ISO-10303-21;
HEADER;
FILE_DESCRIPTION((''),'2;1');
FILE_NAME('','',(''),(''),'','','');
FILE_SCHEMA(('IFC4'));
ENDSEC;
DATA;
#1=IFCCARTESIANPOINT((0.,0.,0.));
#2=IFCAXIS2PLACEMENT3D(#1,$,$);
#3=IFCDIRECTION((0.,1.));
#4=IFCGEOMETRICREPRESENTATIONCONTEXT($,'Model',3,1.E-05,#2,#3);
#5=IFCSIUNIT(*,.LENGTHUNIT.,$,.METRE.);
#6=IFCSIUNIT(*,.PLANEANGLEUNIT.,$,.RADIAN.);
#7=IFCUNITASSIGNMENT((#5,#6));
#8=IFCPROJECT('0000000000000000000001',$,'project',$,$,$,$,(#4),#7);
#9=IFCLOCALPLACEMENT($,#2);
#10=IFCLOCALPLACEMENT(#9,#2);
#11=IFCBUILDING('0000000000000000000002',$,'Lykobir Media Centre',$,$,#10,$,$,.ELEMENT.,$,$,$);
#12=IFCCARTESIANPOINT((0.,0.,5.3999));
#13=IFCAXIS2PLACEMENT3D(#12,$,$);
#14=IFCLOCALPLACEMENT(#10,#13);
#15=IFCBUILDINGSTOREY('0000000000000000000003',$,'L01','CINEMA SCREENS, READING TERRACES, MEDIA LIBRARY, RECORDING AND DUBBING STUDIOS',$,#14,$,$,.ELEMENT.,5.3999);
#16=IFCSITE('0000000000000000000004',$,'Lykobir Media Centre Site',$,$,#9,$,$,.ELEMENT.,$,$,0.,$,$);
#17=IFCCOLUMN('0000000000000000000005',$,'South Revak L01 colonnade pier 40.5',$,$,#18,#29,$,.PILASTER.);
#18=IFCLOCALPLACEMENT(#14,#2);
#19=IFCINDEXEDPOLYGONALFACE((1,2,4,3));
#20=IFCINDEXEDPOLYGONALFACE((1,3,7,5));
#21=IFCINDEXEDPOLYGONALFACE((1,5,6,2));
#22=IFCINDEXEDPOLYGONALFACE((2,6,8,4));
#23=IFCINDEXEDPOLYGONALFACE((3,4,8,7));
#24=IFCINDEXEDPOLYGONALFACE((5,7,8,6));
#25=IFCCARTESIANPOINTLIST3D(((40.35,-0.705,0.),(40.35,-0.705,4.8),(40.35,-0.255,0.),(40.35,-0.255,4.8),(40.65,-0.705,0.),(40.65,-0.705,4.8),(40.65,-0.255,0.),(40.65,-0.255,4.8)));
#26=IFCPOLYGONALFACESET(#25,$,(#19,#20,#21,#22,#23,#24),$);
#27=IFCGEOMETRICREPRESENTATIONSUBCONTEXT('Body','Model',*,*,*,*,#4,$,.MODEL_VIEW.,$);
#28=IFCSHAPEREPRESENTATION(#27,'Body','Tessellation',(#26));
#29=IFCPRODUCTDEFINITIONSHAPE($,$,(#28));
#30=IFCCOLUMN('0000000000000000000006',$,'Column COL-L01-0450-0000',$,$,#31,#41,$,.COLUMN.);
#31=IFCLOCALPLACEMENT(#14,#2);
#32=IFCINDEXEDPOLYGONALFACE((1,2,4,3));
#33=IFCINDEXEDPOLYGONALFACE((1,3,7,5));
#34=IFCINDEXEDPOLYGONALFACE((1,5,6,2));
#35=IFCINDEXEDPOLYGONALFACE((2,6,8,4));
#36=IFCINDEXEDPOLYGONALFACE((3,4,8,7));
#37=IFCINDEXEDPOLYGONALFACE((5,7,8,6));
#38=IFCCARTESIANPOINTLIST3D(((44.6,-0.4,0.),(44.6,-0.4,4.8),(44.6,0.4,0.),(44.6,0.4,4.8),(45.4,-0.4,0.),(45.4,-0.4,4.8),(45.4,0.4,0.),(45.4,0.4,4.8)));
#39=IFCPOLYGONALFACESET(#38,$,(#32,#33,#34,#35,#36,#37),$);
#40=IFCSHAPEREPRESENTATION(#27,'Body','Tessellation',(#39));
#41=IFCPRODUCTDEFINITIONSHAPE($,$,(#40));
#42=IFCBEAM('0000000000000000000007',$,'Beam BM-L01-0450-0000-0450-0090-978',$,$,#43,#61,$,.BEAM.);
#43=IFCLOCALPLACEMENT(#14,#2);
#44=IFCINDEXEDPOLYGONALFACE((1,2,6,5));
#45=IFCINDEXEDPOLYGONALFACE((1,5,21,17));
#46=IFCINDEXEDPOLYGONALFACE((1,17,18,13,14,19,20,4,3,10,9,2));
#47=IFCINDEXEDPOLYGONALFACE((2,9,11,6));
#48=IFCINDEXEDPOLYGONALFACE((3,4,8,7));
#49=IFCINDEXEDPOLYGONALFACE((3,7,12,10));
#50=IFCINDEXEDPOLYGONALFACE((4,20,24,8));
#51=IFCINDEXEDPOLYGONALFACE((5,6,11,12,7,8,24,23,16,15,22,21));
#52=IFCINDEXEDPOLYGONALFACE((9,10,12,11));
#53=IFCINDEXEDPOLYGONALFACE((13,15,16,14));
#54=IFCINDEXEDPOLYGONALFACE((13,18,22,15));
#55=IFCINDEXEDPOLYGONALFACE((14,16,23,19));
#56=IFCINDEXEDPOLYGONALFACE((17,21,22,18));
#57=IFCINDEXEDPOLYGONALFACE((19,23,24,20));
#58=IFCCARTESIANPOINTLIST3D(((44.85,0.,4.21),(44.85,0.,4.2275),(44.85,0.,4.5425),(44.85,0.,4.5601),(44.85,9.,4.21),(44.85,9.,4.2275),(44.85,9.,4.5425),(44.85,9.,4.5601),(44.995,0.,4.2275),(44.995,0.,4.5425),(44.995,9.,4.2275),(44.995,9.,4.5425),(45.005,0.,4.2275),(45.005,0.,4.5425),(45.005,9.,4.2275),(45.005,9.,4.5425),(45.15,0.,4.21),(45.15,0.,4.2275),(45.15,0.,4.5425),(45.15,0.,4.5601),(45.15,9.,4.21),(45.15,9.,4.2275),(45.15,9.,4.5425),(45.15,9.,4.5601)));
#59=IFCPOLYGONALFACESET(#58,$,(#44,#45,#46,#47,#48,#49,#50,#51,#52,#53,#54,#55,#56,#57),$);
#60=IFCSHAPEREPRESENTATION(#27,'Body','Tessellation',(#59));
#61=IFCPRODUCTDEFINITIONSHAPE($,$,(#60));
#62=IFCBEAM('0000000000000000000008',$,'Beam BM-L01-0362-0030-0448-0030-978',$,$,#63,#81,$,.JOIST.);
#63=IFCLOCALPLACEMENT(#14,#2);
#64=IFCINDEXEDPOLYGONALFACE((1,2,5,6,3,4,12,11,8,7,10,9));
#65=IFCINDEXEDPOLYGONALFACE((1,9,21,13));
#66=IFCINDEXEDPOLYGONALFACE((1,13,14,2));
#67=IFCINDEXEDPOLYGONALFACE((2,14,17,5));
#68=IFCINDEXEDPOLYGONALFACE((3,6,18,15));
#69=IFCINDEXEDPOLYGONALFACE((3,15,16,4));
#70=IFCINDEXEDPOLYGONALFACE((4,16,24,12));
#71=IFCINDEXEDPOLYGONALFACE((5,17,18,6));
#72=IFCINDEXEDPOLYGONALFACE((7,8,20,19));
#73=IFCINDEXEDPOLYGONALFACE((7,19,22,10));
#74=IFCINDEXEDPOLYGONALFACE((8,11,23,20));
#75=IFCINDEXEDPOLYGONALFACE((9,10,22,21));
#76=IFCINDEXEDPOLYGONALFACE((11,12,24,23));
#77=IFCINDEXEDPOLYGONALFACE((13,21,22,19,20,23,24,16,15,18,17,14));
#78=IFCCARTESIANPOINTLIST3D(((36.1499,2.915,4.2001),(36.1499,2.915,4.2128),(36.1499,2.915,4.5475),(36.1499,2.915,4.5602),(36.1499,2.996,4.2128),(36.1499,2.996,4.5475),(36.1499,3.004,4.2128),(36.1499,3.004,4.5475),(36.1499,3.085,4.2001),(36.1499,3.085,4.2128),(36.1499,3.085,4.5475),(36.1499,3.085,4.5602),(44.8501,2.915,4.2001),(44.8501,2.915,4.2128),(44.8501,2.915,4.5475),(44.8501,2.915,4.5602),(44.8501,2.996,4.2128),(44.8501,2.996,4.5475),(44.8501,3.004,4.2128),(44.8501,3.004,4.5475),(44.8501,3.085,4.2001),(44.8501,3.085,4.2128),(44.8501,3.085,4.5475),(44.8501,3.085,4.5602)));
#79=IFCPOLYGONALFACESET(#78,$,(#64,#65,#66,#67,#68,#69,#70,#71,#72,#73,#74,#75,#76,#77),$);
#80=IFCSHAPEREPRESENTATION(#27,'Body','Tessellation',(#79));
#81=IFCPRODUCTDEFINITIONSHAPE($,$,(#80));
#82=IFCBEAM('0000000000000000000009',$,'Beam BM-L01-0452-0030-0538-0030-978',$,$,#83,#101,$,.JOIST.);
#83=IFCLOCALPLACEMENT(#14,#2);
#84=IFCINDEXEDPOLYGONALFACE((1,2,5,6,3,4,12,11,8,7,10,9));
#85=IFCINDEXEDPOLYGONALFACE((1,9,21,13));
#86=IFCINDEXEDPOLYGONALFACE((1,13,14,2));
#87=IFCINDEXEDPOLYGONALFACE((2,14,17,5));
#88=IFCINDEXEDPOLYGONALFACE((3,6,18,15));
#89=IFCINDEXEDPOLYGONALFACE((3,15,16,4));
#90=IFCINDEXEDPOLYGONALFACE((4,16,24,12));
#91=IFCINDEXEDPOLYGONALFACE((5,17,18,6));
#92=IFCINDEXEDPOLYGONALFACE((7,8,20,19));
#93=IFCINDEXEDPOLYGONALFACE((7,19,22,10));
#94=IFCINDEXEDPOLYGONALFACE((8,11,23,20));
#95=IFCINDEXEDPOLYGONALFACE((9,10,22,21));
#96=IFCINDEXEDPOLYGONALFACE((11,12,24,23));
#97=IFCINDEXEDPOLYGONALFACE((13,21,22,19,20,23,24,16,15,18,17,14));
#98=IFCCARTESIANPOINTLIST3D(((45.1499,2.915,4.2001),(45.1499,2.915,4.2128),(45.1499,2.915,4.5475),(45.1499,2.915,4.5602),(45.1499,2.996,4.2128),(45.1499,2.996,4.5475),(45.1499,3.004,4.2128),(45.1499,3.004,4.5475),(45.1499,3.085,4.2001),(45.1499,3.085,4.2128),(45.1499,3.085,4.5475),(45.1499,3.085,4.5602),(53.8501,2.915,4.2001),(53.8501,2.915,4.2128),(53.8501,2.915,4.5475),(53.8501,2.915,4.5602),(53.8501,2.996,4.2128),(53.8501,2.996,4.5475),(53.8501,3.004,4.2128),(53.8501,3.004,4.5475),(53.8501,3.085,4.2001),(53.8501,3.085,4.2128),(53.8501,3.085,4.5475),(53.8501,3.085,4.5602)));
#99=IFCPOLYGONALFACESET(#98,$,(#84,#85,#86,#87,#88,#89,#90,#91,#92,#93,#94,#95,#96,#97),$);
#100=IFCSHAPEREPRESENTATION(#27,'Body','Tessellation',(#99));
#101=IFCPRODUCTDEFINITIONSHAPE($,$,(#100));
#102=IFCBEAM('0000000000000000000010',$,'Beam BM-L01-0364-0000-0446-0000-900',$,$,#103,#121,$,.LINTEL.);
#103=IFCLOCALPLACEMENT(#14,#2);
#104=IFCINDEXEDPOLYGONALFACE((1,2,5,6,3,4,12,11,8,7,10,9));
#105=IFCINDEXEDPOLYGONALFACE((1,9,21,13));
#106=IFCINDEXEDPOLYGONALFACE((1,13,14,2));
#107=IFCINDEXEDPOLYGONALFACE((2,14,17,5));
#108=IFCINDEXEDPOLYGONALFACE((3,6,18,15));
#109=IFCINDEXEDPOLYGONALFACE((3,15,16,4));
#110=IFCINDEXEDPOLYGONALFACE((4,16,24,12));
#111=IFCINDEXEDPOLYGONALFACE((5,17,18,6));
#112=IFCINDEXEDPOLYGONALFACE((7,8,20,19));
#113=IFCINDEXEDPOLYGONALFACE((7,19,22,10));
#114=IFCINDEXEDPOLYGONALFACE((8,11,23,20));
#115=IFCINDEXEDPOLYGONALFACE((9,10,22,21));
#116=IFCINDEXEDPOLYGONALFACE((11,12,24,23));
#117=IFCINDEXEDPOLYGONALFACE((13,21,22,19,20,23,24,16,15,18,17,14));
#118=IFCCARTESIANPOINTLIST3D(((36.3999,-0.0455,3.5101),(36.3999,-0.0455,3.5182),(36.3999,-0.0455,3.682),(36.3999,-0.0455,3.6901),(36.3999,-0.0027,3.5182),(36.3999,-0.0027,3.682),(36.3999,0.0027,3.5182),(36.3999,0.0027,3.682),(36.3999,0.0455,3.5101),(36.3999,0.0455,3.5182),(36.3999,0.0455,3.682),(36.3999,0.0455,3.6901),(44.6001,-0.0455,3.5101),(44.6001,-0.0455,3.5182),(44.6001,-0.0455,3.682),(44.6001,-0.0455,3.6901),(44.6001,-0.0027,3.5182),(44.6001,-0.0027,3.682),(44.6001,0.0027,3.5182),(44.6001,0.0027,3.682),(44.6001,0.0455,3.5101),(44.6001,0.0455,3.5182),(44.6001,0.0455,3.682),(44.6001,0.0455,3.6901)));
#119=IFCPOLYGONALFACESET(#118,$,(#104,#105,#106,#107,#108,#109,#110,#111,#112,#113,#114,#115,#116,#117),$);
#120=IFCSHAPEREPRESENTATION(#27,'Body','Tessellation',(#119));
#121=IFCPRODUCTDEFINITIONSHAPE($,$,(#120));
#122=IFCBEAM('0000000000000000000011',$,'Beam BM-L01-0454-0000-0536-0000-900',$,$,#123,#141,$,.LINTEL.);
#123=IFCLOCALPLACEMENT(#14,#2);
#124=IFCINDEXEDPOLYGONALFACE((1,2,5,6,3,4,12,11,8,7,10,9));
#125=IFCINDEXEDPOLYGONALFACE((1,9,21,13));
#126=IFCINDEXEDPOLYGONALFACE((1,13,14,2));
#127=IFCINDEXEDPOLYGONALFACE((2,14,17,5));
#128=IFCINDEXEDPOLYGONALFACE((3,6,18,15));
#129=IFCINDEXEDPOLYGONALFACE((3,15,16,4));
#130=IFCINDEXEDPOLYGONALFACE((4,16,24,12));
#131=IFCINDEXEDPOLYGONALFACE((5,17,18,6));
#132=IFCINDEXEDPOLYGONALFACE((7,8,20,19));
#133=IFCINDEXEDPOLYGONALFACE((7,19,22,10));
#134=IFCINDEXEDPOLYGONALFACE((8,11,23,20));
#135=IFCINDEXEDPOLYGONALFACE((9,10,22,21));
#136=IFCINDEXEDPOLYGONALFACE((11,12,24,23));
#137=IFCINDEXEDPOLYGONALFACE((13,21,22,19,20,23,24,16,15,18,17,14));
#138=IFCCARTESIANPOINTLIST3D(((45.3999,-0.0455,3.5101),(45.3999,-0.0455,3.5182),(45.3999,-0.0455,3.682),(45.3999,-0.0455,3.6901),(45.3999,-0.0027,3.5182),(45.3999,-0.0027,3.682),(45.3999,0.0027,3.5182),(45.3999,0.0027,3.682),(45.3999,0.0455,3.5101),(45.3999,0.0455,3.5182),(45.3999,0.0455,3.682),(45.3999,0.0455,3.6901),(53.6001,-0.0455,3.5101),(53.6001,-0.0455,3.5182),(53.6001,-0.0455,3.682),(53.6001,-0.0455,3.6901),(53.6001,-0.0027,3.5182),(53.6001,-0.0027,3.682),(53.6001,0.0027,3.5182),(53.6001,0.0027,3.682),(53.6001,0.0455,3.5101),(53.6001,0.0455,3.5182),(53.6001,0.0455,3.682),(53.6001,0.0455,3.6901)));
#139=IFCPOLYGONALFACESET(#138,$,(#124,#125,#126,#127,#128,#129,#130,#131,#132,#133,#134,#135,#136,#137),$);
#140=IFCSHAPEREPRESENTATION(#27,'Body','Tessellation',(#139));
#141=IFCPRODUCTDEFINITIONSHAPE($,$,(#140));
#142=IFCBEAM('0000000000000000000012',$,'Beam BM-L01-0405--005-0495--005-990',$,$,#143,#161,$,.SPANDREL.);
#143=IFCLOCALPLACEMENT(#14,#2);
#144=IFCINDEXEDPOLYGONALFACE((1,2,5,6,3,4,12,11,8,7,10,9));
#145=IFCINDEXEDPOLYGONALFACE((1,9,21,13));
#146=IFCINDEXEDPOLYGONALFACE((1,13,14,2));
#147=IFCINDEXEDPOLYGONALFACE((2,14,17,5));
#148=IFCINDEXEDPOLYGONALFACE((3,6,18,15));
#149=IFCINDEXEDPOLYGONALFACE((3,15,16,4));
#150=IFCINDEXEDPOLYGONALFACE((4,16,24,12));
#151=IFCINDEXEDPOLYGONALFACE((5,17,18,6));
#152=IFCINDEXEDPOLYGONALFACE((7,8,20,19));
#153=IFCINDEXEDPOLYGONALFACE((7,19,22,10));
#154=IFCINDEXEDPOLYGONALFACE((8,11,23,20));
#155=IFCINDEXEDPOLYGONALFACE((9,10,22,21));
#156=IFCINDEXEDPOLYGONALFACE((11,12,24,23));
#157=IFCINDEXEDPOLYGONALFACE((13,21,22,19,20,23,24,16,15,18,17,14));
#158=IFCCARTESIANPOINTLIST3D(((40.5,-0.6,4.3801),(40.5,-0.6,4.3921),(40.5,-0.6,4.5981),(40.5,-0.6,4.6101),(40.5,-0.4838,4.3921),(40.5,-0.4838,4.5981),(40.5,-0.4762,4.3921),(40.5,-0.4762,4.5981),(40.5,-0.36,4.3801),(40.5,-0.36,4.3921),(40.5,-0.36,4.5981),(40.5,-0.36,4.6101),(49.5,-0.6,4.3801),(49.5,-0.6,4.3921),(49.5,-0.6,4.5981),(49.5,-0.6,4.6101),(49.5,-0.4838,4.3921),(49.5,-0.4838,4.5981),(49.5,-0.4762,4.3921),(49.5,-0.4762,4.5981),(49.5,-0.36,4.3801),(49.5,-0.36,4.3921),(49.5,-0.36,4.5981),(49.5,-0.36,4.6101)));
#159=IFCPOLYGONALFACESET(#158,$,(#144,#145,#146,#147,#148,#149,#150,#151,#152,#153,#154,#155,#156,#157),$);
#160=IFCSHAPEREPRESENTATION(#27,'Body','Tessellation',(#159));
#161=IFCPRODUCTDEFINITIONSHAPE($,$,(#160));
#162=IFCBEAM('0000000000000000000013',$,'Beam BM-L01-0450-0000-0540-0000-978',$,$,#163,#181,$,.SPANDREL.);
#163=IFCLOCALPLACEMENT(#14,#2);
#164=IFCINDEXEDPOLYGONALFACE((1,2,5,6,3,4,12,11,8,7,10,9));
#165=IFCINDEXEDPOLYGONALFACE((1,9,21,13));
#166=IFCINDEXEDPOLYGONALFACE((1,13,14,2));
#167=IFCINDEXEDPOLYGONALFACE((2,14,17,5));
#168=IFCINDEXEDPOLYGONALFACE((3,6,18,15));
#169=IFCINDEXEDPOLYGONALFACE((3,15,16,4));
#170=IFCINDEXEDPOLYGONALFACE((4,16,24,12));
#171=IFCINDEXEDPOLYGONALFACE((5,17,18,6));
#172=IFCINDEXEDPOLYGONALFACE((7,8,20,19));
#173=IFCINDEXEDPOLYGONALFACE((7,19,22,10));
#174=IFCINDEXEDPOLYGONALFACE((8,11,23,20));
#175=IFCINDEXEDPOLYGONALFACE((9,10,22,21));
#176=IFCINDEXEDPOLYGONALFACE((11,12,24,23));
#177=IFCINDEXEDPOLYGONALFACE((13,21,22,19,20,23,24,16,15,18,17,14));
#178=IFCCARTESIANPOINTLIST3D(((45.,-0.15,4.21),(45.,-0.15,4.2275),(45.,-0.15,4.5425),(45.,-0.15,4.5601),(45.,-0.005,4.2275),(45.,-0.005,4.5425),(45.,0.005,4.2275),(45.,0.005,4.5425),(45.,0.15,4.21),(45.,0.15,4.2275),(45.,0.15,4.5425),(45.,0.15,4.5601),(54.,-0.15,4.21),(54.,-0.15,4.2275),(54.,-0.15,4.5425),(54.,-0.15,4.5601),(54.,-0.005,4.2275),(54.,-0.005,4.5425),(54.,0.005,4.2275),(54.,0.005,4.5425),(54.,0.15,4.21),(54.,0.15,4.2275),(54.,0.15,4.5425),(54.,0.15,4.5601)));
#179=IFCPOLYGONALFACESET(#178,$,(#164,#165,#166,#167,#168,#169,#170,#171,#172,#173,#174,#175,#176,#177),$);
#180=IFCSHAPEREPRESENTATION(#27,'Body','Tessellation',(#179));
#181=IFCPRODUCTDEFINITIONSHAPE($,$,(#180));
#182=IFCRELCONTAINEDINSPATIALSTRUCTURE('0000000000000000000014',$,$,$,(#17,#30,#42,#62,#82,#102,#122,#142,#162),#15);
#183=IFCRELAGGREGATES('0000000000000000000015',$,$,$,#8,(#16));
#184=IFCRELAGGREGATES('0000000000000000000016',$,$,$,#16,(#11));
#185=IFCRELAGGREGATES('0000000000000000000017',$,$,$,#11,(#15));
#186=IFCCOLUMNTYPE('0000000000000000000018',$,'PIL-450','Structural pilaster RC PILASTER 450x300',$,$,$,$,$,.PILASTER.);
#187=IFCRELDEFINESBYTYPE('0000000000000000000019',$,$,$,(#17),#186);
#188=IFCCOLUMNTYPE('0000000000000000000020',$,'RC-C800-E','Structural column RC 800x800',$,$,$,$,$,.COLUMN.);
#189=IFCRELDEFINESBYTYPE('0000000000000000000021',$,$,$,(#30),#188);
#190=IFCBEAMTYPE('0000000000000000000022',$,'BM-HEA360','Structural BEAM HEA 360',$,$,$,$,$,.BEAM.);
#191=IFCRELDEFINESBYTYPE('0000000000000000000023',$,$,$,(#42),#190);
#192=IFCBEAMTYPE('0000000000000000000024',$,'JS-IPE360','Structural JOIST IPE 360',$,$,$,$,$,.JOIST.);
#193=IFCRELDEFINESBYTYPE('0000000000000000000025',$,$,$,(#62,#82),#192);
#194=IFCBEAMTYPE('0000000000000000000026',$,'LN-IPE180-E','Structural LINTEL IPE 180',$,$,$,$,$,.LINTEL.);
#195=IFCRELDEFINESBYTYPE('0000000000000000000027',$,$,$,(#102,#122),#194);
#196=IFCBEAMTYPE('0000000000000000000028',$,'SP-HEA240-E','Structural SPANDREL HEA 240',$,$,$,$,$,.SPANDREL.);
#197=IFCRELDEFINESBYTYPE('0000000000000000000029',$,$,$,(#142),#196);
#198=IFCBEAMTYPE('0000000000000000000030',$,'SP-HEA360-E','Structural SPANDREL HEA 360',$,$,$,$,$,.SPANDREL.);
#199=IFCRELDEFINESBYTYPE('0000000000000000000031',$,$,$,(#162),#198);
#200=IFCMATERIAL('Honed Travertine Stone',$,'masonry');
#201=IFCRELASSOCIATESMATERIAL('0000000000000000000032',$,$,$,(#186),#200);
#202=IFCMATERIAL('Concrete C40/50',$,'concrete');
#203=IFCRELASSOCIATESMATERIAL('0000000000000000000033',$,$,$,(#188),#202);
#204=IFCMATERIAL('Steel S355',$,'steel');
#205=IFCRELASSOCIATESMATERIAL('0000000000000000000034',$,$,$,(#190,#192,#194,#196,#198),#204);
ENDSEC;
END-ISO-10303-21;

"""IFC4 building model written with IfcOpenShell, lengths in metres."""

from ifc_helpers import new_model, si_unit, direction, frame, origin, origin_2d, place, context, subcontext, project, spatial, rectangle, i_section, extrude, material, material_profile, profile_set, type_object, element, save


model = new_model("IFC4")

# Units and contexts
model_context = context("Model", 3, precision=1e-05, world=origin(), true_north=direction((0.0, 1.0)))
body_context = subcontext(model_context, "Body", "Model", "MODEL_VIEW")
ifc_project = project(units=[si_unit("LENGTHUNIT", "METRE"), si_unit("PLANEANGLEUNIT", "RADIAN")], contexts=[model_context])

# Site, building, storey
site_placement = place(None, origin())
site = spatial("IfcSite", under=ifc_project, at=site_placement, Name="Lykobir Media Centre Site", CompositionType="ELEMENT", RefElevation=0.0)
building_placement = place(site_placement, origin())
building = spatial("IfcBuilding", under=site, at=building_placement, Name="Lykobir Media Centre", CompositionType="ELEMENT")
storey_placement = place(building_placement, frame((0.0, 0.0, 5.3999)))
storey = spatial("IfcBuildingStorey", under=building, at=storey_placement, Name="L01", Description="CINEMA SCREENS, READING TERRACES, MEDIA LIBRARY, RECORDING AND DUBBING STUDIOS", CompositionType="ELEMENT", Elevation=5.3999)

# Columns
ifc_material_1 = material(Name="Honed Travertine Stone", Category="masonry")
ifc_material_profile_1 = material_profile(ifc_material_1, rectangle(XDim=0.3, YDim=0.45, at=origin_2d()), Name="RC PILASTER 450x300")
ifc_profile_set_1 = profile_set([ifc_material_profile_1], Name="Honed Travertine Stone")
column_type_1 = type_object("IfcColumnType", Name="PIL-450", Description="Structural pilaster RC PILASTER 450x300", PredefinedType="PILASTER", material=ifc_profile_set_1)
column_1_placement = place(storey_placement, frame((40.5, -0.48, 0.0), z_axis=(0.0, 0.0, 1.0), x_axis=(1.0, 0.0, 0.0)))
element("IfcColumn", 1, at=column_1_placement, inside=storey, type_object=column_type_1, Name="South Revak L01 colonnade pier 40.5", PredefinedType="PILASTER", context=body_context, shape_type="SweptSolid", body=[
    extrude(rectangle(XDim=0.3, YDim=0.45, at=origin_2d()), origin(), (0.0, 0.0, 1.0), 4.8),
])
ifc_material_2 = material(Name="Concrete C40/50", Category="concrete")
ifc_material_profile_2 = material_profile(ifc_material_2, rectangle(XDim=0.8, YDim=0.8, at=origin_2d()), Name="RC 800x800")
ifc_profile_set_2 = profile_set([ifc_material_profile_2], Name="Concrete C40/50")
column_type_2 = type_object("IfcColumnType", Name="RC-C800-E", Description="Structural column RC 800x800", PredefinedType="COLUMN", material=ifc_profile_set_2)
column_2_placement = place(storey_placement, frame((45.0, 0.0, 0.0), z_axis=(0.0, 0.0, 1.0), x_axis=(1.0, 0.0, 0.0)))
element("IfcColumn", 2, at=column_2_placement, inside=storey, type_object=column_type_2, Name="Column COL-L01-0450-0000", PredefinedType="COLUMN", context=body_context, shape_type="SweptSolid", body=[
    extrude(rectangle(XDim=0.8, YDim=0.8, at=origin_2d()), origin(), (0.0, 0.0, 1.0), 4.8),
])

# Beams
ifc_material_3 = material(Name="Steel S355", Category="steel")
ifc_material_profile_3 = material_profile(ifc_material_3, i_section(OverallWidth=0.3, OverallDepth=0.3501, WebThickness=0.01, FlangeThickness=0.0176, at=origin_2d()), Name="HEA 360")
ifc_profile_set_3 = profile_set([ifc_material_profile_3], Name="Steel S355")
beam_type_1 = type_object("IfcBeamType", Name="BM-HEA360", Description="Structural BEAM HEA 360", PredefinedType="BEAM", material=ifc_profile_set_3)
beam_1_placement = place(storey_placement, frame((45.0, 0.0, 4.385), z_axis=(0.0, 1.0, 0.0), x_axis=(-1.0, 0.0, 0.0)))
element("IfcBeam", 3, at=beam_1_placement, inside=storey, type_object=beam_type_1, Name="Beam BM-L01-0450-0000-0450-0090-978", PredefinedType="BEAM", context=body_context, shape_type="SweptSolid", body=[
    extrude(i_section(OverallWidth=0.3, OverallDepth=0.3501, WebThickness=0.01, FlangeThickness=0.0176, at=origin_2d()), origin(), (0.0, 0.0, 1.0), 9.0),
])
ifc_material_profile_4 = material_profile(ifc_material_3, i_section(OverallWidth=0.1699, OverallDepth=0.3601, WebThickness=0.0081, FlangeThickness=0.0127, at=origin_2d()), Name="IPE 360")
ifc_profile_set_4 = profile_set([ifc_material_profile_4], Name="Steel S355")
beam_type_2 = type_object("IfcBeamType", Name="JS-IPE360", Description="Structural JOIST IPE 360", PredefinedType="JOIST", material=ifc_profile_set_4)
for number, where, z_axis, x_axis, name in (
    (4, (36.1499, 3.0, 4.3801), (1.0, 0.0, 0.0), (0.0, 1.0, 0.0), "Beam BM-L01-0362-0030-0448-0030-978"),
    (5, (45.1499, 3.0, 4.3801), (1.0, 0.0, 0.0), (0.0, 1.0, 0.0), "Beam BM-L01-0452-0030-0538-0030-978"),
):
    element("IfcBeam", number, at=place(storey_placement, frame(where, z_axis=z_axis, x_axis=x_axis)), inside=storey, type_object=beam_type_2, Name=name, PredefinedType="JOIST", context=body_context, shape_type="SweptSolid", body=[
        extrude(i_section(OverallWidth=0.1699, OverallDepth=0.3601, WebThickness=0.0081, FlangeThickness=0.0127, at=origin_2d()), origin(), (0.0, 0.0, 1.0), 8.7002),
    ])
ifc_material_profile_5 = material_profile(ifc_material_3, i_section(OverallWidth=0.0911, OverallDepth=0.1799, WebThickness=0.0054, FlangeThickness=0.0081, at=origin_2d()), Name="IPE 180")
ifc_profile_set_5 = profile_set([ifc_material_profile_5], Name="Steel S355")
beam_type_3 = type_object("IfcBeamType", Name="LN-IPE180-E", Description="Structural LINTEL IPE 180", PredefinedType="LINTEL", material=ifc_profile_set_5)
for number, where, z_axis, x_axis, name in (
    (6, (36.3999, 0.0, 3.6001), (1.0, 0.0, 0.0), (0.0, 1.0, 0.0), "Beam BM-L01-0364-0000-0446-0000-900"),
    (7, (45.3999, 0.0, 3.6001), (1.0, 0.0, 0.0), (0.0, 1.0, 0.0), "Beam BM-L01-0454-0000-0536-0000-900"),
):
    element("IfcBeam", number, at=place(storey_placement, frame(where, z_axis=z_axis, x_axis=x_axis)), inside=storey, type_object=beam_type_3, Name=name, PredefinedType="LINTEL", context=body_context, shape_type="SweptSolid", body=[
        extrude(i_section(OverallWidth=0.0911, OverallDepth=0.1799, WebThickness=0.0054, FlangeThickness=0.0081, at=origin_2d()), origin(), (0.0, 0.0, 1.0), 8.2002),
    ])
ifc_material_profile_6 = material_profile(ifc_material_3, i_section(OverallWidth=0.24, OverallDepth=0.23, WebThickness=0.0076, FlangeThickness=0.012, at=origin_2d()), Name="HEA 240")
ifc_profile_set_6 = profile_set([ifc_material_profile_6], Name="Steel S355")
beam_type_4 = type_object("IfcBeamType", Name="SP-HEA240-E", Description="Structural SPANDREL HEA 240", PredefinedType="SPANDREL", material=ifc_profile_set_6)
beam_2_placement = place(storey_placement, frame((40.5, -0.48, 4.4951), z_axis=(1.0, 0.0, 0.0), x_axis=(0.0, 1.0, 0.0)))
element("IfcBeam", 8, at=beam_2_placement, inside=storey, type_object=beam_type_4, Name="Beam BM-L01-0405--005-0495--005-990", PredefinedType="SPANDREL", context=body_context, shape_type="SweptSolid", body=[
    extrude(i_section(OverallWidth=0.24, OverallDepth=0.23, WebThickness=0.0076, FlangeThickness=0.012, at=origin_2d()), origin(), (0.0, 0.0, 1.0), 9.0),
])
ifc_material_profile_7 = material_profile(ifc_material_3, i_section(OverallWidth=0.3, OverallDepth=0.3501, WebThickness=0.01, FlangeThickness=0.0176, at=origin_2d()), Name="HEA 360")
ifc_profile_set_7 = profile_set([ifc_material_profile_7], Name="Steel S355")
beam_type_5 = type_object("IfcBeamType", Name="SP-HEA360-E", Description="Structural SPANDREL HEA 360", PredefinedType="SPANDREL", material=ifc_profile_set_7)
beam_3_placement = place(storey_placement, frame((45.0, 0.0, 4.385), z_axis=(1.0, 0.0, 0.0), x_axis=(0.0, 1.0, 0.0)))
element("IfcBeam", 9, at=beam_3_placement, inside=storey, type_object=beam_type_5, Name="Beam BM-L01-0450-0000-0540-0000-978", PredefinedType="SPANDREL", context=body_context, shape_type="SweptSolid", body=[
    extrude(i_section(OverallWidth=0.3, OverallDepth=0.3501, WebThickness=0.01, FlangeThickness=0.0176, at=origin_2d()), origin(), (0.0, 0.0, 1.0), 9.0),
])

save(model, "model.ifc")
